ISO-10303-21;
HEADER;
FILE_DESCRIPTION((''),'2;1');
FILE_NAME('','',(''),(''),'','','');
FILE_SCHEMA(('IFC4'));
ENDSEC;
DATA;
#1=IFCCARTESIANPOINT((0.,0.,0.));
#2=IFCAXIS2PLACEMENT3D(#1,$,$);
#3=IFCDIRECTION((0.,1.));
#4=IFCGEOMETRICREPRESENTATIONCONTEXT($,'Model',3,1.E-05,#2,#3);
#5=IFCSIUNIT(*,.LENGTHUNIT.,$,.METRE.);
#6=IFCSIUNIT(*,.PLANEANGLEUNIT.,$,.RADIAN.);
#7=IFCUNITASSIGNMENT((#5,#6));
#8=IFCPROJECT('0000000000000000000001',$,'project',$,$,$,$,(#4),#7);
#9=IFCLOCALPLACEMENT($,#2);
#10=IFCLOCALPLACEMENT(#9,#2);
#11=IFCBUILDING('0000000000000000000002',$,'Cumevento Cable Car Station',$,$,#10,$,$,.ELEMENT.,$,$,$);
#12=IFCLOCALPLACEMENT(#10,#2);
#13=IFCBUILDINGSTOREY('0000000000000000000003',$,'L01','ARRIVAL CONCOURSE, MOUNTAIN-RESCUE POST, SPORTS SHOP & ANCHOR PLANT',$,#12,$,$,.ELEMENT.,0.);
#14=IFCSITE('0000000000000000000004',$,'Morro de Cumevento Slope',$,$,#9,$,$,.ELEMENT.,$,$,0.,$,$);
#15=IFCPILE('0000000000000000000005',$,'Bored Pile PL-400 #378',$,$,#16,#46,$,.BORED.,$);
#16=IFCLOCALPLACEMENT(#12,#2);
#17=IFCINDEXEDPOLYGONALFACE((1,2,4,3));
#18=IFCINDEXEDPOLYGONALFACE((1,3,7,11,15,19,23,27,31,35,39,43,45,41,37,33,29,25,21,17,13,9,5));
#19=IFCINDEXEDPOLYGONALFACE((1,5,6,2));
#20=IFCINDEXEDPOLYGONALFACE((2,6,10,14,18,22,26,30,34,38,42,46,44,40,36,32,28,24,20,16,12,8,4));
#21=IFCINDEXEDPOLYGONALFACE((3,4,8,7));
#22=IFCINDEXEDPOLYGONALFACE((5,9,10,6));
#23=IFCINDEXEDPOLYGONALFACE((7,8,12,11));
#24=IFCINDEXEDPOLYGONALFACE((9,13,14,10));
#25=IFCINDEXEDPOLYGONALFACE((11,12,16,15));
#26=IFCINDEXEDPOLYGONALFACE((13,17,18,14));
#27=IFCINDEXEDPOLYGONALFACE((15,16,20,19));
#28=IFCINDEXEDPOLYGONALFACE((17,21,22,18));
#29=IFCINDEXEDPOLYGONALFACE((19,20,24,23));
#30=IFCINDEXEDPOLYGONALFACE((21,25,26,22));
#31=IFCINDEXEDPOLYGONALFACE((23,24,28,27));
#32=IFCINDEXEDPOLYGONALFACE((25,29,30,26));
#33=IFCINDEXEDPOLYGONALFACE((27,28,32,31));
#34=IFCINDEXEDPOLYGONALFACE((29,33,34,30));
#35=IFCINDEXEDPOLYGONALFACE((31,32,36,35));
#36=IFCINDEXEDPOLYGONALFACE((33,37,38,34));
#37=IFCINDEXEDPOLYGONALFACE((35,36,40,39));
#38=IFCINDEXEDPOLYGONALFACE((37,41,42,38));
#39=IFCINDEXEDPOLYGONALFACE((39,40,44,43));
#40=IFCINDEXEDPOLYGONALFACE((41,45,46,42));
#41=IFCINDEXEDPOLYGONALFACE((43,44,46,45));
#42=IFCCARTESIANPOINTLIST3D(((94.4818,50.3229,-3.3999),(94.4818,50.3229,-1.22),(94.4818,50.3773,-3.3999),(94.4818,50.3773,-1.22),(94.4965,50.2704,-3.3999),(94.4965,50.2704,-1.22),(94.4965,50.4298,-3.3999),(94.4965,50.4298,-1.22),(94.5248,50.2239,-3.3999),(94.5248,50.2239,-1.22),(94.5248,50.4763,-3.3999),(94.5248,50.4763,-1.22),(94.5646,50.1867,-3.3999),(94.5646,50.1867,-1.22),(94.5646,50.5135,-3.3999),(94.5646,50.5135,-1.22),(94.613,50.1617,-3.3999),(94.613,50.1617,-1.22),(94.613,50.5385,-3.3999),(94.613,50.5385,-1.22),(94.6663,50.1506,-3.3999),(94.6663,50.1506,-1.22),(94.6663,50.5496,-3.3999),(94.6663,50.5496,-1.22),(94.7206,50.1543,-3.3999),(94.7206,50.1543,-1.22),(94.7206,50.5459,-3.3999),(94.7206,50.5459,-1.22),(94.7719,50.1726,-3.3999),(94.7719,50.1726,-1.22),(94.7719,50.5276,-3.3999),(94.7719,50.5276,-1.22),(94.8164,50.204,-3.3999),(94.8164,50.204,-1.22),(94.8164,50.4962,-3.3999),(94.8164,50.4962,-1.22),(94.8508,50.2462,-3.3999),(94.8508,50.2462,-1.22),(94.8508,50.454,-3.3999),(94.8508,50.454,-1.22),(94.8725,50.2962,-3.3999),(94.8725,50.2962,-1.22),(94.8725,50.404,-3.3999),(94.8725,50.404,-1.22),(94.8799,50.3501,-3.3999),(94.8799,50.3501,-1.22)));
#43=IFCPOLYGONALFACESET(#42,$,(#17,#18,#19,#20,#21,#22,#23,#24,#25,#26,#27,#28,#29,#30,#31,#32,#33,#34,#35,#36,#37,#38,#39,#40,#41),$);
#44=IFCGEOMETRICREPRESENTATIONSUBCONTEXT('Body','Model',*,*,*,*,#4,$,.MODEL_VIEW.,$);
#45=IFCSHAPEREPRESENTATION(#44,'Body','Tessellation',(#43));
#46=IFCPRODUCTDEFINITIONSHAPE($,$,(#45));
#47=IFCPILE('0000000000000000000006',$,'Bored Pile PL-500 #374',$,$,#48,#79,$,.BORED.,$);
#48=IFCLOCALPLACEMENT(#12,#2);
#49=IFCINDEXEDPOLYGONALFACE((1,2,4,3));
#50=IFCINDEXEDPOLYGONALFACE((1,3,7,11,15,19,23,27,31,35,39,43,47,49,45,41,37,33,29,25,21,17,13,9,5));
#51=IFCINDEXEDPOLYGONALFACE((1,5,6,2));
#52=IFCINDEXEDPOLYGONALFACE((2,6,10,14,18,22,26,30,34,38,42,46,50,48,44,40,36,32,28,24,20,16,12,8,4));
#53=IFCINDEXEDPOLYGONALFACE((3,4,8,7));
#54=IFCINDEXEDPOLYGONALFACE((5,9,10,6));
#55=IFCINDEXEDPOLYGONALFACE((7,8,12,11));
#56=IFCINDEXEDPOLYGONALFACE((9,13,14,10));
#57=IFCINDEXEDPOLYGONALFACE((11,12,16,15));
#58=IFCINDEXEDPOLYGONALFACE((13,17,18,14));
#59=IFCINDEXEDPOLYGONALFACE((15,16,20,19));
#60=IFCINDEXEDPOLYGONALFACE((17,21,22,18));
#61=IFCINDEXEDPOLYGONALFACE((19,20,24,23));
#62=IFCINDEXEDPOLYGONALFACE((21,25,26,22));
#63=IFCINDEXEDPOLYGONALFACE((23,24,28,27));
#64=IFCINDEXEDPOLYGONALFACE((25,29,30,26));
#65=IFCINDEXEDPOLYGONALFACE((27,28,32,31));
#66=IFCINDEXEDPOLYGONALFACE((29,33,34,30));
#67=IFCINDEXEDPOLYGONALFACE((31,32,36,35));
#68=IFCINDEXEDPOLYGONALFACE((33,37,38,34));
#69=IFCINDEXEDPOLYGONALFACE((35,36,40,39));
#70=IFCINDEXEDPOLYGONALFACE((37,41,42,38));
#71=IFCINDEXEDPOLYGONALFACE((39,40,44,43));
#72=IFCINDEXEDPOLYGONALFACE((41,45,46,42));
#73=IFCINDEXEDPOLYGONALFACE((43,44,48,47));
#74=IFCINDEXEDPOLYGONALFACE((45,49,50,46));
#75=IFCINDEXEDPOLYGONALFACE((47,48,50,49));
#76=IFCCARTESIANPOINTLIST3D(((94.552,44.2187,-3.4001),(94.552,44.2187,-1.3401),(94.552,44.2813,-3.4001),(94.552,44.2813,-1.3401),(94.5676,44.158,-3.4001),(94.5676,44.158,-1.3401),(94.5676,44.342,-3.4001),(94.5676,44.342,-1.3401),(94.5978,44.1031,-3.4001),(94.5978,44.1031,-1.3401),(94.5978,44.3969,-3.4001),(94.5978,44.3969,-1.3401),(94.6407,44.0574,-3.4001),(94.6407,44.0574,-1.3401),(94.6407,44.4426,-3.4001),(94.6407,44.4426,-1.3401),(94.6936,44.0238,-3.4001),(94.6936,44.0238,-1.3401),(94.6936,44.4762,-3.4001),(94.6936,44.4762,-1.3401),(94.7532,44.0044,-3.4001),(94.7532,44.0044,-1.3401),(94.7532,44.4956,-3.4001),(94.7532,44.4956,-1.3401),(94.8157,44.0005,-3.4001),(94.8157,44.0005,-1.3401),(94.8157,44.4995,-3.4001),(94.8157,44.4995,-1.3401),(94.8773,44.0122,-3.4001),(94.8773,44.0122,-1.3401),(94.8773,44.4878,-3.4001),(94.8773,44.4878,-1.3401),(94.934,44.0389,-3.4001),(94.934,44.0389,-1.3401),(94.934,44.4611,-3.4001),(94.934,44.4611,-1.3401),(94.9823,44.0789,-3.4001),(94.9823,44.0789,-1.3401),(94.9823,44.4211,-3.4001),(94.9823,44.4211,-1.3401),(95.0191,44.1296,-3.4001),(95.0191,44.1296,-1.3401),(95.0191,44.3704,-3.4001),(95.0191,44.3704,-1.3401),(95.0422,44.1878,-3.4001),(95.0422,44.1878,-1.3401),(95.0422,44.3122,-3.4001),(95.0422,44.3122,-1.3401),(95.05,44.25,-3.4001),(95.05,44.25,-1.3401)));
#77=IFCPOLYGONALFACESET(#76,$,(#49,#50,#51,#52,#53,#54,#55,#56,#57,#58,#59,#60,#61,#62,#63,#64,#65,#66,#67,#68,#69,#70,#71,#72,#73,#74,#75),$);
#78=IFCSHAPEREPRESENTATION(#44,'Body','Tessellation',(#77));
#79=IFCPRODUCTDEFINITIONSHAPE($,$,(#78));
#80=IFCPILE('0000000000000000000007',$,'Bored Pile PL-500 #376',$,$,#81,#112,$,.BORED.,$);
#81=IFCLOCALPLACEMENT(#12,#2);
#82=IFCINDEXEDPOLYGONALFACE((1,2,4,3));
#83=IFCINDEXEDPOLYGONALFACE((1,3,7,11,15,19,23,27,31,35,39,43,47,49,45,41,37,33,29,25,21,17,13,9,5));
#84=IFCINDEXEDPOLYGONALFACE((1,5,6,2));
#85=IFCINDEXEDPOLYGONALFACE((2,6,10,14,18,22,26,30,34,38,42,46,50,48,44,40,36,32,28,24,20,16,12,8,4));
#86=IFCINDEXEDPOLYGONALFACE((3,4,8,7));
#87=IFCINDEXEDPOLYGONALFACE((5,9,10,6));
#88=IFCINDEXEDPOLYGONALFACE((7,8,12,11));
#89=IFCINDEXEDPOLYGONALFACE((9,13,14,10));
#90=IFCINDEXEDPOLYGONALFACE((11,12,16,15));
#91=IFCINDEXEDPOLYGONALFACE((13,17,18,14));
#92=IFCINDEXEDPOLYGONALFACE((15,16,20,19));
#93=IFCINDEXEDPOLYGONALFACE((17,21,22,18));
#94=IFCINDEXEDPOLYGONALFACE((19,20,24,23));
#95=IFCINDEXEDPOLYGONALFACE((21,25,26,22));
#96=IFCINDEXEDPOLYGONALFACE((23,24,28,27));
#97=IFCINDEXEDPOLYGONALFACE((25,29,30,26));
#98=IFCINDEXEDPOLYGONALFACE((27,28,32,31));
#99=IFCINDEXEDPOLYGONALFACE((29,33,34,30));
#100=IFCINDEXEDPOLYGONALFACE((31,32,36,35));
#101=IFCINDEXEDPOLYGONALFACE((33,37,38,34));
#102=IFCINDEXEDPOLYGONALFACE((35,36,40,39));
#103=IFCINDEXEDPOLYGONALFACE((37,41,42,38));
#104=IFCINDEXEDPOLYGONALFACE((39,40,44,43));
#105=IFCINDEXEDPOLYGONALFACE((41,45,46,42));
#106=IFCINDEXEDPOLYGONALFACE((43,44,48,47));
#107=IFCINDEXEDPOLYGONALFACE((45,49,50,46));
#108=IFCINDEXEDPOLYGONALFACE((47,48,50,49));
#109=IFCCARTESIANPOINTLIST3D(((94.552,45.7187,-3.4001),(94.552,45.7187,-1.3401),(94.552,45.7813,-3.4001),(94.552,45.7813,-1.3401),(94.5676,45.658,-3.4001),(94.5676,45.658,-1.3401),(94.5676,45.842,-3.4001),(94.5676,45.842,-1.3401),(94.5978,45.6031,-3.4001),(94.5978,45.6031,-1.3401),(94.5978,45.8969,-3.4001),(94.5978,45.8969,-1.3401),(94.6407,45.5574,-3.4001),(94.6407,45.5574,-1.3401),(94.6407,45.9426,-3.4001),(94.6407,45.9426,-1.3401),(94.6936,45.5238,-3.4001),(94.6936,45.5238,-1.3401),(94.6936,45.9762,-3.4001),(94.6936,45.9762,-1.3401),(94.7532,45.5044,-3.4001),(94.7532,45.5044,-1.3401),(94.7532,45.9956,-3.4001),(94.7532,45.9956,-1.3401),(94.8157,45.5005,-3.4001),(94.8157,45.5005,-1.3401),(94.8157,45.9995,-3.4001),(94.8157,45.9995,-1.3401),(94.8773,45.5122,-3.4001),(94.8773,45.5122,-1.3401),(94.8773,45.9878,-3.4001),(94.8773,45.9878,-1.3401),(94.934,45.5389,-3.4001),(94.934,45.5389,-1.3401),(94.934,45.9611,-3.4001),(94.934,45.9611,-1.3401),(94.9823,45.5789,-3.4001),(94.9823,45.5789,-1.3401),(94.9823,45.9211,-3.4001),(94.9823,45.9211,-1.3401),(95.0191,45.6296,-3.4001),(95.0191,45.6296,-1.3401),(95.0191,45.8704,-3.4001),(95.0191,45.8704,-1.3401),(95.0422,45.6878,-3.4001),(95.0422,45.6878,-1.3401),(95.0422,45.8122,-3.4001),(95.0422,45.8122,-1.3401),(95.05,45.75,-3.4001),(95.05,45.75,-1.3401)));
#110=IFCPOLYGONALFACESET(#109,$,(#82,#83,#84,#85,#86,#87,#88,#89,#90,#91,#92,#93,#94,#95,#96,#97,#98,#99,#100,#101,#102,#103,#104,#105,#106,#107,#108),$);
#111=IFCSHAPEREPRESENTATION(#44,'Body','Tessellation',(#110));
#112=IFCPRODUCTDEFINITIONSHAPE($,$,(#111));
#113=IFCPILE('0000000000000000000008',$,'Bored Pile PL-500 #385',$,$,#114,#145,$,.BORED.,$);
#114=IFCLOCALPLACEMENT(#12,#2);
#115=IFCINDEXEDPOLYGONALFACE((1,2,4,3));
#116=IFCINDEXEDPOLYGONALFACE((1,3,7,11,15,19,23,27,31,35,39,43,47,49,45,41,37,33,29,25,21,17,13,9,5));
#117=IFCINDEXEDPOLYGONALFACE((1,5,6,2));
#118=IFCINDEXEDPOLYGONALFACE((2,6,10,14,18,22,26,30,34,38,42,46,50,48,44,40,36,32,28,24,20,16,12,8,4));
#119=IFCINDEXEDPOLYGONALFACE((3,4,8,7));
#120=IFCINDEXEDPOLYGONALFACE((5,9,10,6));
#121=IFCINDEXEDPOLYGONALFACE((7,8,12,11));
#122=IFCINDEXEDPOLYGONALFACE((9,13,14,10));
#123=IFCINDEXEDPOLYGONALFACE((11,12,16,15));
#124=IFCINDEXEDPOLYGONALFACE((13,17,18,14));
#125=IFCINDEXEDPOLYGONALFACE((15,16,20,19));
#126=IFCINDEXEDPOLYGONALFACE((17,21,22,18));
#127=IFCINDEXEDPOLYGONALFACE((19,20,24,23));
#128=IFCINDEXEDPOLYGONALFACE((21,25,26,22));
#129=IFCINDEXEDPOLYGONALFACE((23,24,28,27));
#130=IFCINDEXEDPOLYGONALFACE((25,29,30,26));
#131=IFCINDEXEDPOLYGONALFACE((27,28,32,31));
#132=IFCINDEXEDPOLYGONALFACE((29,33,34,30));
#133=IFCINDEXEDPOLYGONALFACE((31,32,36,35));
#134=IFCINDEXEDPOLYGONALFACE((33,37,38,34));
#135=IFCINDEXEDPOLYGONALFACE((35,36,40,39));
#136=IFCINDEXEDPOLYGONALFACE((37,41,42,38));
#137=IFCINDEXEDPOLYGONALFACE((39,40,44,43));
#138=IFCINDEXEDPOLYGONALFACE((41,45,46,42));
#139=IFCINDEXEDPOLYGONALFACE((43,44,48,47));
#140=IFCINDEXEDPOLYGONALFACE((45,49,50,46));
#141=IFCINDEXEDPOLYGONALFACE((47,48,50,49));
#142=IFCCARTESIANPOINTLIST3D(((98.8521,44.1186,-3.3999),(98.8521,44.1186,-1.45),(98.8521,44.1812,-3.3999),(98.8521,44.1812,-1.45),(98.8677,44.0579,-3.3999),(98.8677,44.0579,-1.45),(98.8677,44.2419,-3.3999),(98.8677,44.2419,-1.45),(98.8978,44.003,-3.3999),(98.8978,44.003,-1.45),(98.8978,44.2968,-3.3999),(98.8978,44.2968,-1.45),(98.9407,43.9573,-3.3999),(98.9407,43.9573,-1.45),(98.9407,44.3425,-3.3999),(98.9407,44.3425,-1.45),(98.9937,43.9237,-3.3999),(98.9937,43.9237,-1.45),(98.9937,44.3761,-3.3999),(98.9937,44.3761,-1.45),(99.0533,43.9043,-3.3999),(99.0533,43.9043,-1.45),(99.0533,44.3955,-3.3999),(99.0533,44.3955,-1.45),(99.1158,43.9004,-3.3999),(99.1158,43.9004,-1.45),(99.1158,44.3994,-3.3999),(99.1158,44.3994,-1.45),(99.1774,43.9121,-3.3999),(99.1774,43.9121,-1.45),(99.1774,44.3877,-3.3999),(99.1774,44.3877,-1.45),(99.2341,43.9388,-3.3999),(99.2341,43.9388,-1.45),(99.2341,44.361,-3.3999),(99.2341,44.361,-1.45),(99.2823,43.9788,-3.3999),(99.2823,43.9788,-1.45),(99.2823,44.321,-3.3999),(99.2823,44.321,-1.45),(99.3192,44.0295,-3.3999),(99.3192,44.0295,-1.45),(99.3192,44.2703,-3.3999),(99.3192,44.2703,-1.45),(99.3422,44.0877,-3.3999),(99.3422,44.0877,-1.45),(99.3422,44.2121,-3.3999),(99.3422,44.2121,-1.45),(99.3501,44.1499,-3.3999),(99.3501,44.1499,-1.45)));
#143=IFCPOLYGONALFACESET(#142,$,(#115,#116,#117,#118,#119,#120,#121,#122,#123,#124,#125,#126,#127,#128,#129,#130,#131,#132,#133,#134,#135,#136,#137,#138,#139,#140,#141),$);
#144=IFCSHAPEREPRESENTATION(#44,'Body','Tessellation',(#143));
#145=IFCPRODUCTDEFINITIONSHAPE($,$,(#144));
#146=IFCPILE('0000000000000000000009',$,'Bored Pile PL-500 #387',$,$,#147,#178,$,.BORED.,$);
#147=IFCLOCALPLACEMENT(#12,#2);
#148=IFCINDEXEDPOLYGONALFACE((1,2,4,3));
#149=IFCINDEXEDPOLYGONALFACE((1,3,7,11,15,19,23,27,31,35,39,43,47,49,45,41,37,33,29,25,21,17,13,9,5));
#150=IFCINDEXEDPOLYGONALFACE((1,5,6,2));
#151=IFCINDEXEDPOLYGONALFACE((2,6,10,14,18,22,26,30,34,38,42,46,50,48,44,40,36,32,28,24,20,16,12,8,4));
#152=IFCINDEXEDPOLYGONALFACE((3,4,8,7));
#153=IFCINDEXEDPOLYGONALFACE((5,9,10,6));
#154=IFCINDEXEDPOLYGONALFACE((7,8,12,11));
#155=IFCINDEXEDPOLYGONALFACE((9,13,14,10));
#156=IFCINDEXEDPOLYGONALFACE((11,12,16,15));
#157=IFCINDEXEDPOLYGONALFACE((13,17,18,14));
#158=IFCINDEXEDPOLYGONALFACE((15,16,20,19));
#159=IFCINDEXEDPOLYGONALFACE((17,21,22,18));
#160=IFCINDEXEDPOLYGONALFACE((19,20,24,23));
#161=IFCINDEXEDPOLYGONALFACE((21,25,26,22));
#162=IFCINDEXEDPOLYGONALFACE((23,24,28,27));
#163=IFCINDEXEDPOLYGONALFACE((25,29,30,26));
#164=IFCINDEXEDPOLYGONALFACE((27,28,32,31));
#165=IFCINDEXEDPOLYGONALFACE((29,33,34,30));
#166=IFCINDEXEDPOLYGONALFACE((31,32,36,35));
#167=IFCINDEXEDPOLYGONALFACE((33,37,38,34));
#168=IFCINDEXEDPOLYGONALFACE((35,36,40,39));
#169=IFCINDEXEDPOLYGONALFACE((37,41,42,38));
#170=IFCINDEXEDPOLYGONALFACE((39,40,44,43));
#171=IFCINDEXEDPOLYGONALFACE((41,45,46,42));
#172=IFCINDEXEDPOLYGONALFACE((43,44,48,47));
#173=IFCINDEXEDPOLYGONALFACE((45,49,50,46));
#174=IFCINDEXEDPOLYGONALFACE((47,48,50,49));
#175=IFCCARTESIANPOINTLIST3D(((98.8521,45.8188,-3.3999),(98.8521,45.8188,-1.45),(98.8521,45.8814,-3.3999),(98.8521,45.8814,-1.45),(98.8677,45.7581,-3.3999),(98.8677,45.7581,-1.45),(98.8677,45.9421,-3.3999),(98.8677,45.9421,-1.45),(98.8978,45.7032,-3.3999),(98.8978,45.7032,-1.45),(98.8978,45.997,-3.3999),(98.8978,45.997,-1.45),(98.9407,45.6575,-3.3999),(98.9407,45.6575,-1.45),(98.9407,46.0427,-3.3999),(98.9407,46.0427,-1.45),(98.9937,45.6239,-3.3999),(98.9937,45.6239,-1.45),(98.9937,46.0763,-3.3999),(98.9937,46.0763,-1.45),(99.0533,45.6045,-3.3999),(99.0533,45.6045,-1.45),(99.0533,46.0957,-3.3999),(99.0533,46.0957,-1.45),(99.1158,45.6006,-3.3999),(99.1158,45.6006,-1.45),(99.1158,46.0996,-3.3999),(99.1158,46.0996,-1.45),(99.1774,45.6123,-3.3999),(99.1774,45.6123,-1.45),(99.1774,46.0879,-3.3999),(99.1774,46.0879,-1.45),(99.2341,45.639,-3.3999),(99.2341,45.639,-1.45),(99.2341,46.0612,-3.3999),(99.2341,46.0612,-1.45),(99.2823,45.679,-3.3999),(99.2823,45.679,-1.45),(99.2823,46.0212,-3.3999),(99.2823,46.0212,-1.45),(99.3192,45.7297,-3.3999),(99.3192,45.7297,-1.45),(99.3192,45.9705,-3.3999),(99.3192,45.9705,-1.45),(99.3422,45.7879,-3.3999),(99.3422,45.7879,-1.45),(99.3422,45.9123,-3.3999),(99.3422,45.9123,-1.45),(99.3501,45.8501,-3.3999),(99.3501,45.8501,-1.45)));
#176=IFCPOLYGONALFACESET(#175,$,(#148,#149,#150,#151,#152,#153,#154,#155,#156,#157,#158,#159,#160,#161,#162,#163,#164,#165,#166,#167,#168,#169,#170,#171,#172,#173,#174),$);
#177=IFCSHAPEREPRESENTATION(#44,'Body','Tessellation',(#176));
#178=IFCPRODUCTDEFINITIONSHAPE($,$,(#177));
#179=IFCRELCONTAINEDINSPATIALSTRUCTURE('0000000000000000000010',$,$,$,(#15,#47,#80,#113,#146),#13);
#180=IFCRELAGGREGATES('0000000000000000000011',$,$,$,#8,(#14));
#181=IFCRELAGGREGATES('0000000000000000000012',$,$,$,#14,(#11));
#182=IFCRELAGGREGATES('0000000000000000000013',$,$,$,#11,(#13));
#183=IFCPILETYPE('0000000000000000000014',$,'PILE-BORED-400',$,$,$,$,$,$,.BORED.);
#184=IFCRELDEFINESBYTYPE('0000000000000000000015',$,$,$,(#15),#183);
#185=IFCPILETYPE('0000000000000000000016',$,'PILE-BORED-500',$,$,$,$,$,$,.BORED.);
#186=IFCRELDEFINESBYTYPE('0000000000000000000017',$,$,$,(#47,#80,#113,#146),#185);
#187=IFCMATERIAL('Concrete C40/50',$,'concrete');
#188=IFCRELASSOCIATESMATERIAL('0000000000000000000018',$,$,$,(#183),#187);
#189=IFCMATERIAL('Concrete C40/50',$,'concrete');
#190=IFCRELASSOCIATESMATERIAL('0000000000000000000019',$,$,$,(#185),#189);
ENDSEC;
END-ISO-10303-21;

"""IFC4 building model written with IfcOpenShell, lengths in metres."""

from ifc_helpers import new_model, si_unit, direction, frame, origin, origin_2d, place, context, subcontext, project, spatial, circle, extrude, material, material_profile, profile_set, type_object, element, save


model = new_model("IFC4")

# Units and contexts
model_context = context("Model", 3, precision=1e-05, world=origin(), true_north=direction((0.0, 1.0)))
body_context = subcontext(model_context, "Body", "Model", "MODEL_VIEW")
ifc_project = project(units=[si_unit("LENGTHUNIT", "METRE"), si_unit("PLANEANGLEUNIT", "RADIAN")], contexts=[model_context])

# Site, building, storey
site_placement = place(None, origin())
site = spatial("IfcSite", under=ifc_project, at=site_placement, Name="Morro de Cumevento Slope", CompositionType="ELEMENT", RefElevation=0.0)
building_placement = place(site_placement, origin())
building = spatial("IfcBuilding", under=site, at=building_placement, Name="Cumevento Cable Car Station", CompositionType="ELEMENT")
storey_placement = place(building_placement, origin())
storey = spatial("IfcBuildingStorey", under=building, at=storey_placement, Name="L01", Description="ARRIVAL CONCOURSE, MOUNTAIN-RESCUE POST, SPORTS SHOP & ANCHOR PLANT", CompositionType="ELEMENT", Elevation=0.0)

# Piles
ifc_material_1 = material(Name="Concrete C40/50", Category="concrete")
ifc_material_profile_1 = material_profile(ifc_material_1, circle(Radius=0.2, at=origin_2d()), Name="PILE-D400")
ifc_profile_set_1 = profile_set([ifc_material_profile_1], Name="Concrete C40/50")
pile_type_1 = type_object("IfcPileType", Name="PILE-BORED-400", PredefinedType="BORED", material=ifc_profile_set_1)
pile_1_placement = place(storey_placement, frame((94.6799, 50.3501, -1.22), z_axis=(0.0, 0.0, -1.0), x_axis=(1.0, 0.0, 0.0)))
element("IfcPile", 1, at=pile_1_placement, inside=storey, type_object=pile_type_1, Name="Bored Pile PL-400 #378", PredefinedType="BORED", context=body_context, shape_type="SweptSolid", body=[
    extrude(circle(Radius=0.2, at=origin_2d()), origin(), (0.0, 0.0, 1.0), 2.1799),
])
ifc_material_2 = material(Name="Concrete C40/50", Category="concrete")
ifc_material_profile_2 = material_profile(ifc_material_2, circle(Radius=0.25, at=origin_2d()), Name="PILE-D500")
ifc_profile_set_2 = profile_set([ifc_material_profile_2], Name="Concrete C40/50")
pile_type_2 = type_object("IfcPileType", Name="PILE-BORED-500", PredefinedType="BORED", material=ifc_profile_set_2)
for number, where, z_axis, x_axis, name in (
    (2, (94.8, 44.25, -1.3401), (0.0, 0.0, -1.0), (1.0, 0.0, 0.0), "Bored Pile PL-500 #374"),
    (3, (94.8, 45.75, -1.3401), (0.0, 0.0, -1.0), (1.0, 0.0, 0.0), "Bored Pile PL-500 #376"),
):
    element("IfcPile", number, at=place(storey_placement, frame(where, z_axis=z_axis, x_axis=x_axis)), inside=storey, type_object=pile_type_2, Name=name, PredefinedType="BORED", context=body_context, shape_type="SweptSolid", body=[
        extrude(circle(Radius=0.25, at=origin_2d()), origin(), (0.0, 0.0, 1.0), 2.0601),
    ])
for number, where, z_axis, x_axis, name in (
    (4, (99.1001, 44.1499, -1.45), (0.0, 0.0, -1.0), (1.0, 0.0, 0.0), "Bored Pile PL-500 #385"),
    (5, (99.1001, 45.8501, -1.45), (0.0, 0.0, -1.0), (1.0, 0.0, 0.0), "Bored Pile PL-500 #387"),
):
    element("IfcPile", number, at=place(storey_placement, frame(where, z_axis=z_axis, x_axis=x_axis)), inside=storey, type_object=pile_type_2, Name=name, PredefinedType="BORED", context=body_context, shape_type="SweptSolid", body=[
        extrude(circle(Radius=0.25, at=origin_2d()), origin(), (0.0, 0.0, 1.0), 1.95),
    ])

save(model, "model.ifc")
